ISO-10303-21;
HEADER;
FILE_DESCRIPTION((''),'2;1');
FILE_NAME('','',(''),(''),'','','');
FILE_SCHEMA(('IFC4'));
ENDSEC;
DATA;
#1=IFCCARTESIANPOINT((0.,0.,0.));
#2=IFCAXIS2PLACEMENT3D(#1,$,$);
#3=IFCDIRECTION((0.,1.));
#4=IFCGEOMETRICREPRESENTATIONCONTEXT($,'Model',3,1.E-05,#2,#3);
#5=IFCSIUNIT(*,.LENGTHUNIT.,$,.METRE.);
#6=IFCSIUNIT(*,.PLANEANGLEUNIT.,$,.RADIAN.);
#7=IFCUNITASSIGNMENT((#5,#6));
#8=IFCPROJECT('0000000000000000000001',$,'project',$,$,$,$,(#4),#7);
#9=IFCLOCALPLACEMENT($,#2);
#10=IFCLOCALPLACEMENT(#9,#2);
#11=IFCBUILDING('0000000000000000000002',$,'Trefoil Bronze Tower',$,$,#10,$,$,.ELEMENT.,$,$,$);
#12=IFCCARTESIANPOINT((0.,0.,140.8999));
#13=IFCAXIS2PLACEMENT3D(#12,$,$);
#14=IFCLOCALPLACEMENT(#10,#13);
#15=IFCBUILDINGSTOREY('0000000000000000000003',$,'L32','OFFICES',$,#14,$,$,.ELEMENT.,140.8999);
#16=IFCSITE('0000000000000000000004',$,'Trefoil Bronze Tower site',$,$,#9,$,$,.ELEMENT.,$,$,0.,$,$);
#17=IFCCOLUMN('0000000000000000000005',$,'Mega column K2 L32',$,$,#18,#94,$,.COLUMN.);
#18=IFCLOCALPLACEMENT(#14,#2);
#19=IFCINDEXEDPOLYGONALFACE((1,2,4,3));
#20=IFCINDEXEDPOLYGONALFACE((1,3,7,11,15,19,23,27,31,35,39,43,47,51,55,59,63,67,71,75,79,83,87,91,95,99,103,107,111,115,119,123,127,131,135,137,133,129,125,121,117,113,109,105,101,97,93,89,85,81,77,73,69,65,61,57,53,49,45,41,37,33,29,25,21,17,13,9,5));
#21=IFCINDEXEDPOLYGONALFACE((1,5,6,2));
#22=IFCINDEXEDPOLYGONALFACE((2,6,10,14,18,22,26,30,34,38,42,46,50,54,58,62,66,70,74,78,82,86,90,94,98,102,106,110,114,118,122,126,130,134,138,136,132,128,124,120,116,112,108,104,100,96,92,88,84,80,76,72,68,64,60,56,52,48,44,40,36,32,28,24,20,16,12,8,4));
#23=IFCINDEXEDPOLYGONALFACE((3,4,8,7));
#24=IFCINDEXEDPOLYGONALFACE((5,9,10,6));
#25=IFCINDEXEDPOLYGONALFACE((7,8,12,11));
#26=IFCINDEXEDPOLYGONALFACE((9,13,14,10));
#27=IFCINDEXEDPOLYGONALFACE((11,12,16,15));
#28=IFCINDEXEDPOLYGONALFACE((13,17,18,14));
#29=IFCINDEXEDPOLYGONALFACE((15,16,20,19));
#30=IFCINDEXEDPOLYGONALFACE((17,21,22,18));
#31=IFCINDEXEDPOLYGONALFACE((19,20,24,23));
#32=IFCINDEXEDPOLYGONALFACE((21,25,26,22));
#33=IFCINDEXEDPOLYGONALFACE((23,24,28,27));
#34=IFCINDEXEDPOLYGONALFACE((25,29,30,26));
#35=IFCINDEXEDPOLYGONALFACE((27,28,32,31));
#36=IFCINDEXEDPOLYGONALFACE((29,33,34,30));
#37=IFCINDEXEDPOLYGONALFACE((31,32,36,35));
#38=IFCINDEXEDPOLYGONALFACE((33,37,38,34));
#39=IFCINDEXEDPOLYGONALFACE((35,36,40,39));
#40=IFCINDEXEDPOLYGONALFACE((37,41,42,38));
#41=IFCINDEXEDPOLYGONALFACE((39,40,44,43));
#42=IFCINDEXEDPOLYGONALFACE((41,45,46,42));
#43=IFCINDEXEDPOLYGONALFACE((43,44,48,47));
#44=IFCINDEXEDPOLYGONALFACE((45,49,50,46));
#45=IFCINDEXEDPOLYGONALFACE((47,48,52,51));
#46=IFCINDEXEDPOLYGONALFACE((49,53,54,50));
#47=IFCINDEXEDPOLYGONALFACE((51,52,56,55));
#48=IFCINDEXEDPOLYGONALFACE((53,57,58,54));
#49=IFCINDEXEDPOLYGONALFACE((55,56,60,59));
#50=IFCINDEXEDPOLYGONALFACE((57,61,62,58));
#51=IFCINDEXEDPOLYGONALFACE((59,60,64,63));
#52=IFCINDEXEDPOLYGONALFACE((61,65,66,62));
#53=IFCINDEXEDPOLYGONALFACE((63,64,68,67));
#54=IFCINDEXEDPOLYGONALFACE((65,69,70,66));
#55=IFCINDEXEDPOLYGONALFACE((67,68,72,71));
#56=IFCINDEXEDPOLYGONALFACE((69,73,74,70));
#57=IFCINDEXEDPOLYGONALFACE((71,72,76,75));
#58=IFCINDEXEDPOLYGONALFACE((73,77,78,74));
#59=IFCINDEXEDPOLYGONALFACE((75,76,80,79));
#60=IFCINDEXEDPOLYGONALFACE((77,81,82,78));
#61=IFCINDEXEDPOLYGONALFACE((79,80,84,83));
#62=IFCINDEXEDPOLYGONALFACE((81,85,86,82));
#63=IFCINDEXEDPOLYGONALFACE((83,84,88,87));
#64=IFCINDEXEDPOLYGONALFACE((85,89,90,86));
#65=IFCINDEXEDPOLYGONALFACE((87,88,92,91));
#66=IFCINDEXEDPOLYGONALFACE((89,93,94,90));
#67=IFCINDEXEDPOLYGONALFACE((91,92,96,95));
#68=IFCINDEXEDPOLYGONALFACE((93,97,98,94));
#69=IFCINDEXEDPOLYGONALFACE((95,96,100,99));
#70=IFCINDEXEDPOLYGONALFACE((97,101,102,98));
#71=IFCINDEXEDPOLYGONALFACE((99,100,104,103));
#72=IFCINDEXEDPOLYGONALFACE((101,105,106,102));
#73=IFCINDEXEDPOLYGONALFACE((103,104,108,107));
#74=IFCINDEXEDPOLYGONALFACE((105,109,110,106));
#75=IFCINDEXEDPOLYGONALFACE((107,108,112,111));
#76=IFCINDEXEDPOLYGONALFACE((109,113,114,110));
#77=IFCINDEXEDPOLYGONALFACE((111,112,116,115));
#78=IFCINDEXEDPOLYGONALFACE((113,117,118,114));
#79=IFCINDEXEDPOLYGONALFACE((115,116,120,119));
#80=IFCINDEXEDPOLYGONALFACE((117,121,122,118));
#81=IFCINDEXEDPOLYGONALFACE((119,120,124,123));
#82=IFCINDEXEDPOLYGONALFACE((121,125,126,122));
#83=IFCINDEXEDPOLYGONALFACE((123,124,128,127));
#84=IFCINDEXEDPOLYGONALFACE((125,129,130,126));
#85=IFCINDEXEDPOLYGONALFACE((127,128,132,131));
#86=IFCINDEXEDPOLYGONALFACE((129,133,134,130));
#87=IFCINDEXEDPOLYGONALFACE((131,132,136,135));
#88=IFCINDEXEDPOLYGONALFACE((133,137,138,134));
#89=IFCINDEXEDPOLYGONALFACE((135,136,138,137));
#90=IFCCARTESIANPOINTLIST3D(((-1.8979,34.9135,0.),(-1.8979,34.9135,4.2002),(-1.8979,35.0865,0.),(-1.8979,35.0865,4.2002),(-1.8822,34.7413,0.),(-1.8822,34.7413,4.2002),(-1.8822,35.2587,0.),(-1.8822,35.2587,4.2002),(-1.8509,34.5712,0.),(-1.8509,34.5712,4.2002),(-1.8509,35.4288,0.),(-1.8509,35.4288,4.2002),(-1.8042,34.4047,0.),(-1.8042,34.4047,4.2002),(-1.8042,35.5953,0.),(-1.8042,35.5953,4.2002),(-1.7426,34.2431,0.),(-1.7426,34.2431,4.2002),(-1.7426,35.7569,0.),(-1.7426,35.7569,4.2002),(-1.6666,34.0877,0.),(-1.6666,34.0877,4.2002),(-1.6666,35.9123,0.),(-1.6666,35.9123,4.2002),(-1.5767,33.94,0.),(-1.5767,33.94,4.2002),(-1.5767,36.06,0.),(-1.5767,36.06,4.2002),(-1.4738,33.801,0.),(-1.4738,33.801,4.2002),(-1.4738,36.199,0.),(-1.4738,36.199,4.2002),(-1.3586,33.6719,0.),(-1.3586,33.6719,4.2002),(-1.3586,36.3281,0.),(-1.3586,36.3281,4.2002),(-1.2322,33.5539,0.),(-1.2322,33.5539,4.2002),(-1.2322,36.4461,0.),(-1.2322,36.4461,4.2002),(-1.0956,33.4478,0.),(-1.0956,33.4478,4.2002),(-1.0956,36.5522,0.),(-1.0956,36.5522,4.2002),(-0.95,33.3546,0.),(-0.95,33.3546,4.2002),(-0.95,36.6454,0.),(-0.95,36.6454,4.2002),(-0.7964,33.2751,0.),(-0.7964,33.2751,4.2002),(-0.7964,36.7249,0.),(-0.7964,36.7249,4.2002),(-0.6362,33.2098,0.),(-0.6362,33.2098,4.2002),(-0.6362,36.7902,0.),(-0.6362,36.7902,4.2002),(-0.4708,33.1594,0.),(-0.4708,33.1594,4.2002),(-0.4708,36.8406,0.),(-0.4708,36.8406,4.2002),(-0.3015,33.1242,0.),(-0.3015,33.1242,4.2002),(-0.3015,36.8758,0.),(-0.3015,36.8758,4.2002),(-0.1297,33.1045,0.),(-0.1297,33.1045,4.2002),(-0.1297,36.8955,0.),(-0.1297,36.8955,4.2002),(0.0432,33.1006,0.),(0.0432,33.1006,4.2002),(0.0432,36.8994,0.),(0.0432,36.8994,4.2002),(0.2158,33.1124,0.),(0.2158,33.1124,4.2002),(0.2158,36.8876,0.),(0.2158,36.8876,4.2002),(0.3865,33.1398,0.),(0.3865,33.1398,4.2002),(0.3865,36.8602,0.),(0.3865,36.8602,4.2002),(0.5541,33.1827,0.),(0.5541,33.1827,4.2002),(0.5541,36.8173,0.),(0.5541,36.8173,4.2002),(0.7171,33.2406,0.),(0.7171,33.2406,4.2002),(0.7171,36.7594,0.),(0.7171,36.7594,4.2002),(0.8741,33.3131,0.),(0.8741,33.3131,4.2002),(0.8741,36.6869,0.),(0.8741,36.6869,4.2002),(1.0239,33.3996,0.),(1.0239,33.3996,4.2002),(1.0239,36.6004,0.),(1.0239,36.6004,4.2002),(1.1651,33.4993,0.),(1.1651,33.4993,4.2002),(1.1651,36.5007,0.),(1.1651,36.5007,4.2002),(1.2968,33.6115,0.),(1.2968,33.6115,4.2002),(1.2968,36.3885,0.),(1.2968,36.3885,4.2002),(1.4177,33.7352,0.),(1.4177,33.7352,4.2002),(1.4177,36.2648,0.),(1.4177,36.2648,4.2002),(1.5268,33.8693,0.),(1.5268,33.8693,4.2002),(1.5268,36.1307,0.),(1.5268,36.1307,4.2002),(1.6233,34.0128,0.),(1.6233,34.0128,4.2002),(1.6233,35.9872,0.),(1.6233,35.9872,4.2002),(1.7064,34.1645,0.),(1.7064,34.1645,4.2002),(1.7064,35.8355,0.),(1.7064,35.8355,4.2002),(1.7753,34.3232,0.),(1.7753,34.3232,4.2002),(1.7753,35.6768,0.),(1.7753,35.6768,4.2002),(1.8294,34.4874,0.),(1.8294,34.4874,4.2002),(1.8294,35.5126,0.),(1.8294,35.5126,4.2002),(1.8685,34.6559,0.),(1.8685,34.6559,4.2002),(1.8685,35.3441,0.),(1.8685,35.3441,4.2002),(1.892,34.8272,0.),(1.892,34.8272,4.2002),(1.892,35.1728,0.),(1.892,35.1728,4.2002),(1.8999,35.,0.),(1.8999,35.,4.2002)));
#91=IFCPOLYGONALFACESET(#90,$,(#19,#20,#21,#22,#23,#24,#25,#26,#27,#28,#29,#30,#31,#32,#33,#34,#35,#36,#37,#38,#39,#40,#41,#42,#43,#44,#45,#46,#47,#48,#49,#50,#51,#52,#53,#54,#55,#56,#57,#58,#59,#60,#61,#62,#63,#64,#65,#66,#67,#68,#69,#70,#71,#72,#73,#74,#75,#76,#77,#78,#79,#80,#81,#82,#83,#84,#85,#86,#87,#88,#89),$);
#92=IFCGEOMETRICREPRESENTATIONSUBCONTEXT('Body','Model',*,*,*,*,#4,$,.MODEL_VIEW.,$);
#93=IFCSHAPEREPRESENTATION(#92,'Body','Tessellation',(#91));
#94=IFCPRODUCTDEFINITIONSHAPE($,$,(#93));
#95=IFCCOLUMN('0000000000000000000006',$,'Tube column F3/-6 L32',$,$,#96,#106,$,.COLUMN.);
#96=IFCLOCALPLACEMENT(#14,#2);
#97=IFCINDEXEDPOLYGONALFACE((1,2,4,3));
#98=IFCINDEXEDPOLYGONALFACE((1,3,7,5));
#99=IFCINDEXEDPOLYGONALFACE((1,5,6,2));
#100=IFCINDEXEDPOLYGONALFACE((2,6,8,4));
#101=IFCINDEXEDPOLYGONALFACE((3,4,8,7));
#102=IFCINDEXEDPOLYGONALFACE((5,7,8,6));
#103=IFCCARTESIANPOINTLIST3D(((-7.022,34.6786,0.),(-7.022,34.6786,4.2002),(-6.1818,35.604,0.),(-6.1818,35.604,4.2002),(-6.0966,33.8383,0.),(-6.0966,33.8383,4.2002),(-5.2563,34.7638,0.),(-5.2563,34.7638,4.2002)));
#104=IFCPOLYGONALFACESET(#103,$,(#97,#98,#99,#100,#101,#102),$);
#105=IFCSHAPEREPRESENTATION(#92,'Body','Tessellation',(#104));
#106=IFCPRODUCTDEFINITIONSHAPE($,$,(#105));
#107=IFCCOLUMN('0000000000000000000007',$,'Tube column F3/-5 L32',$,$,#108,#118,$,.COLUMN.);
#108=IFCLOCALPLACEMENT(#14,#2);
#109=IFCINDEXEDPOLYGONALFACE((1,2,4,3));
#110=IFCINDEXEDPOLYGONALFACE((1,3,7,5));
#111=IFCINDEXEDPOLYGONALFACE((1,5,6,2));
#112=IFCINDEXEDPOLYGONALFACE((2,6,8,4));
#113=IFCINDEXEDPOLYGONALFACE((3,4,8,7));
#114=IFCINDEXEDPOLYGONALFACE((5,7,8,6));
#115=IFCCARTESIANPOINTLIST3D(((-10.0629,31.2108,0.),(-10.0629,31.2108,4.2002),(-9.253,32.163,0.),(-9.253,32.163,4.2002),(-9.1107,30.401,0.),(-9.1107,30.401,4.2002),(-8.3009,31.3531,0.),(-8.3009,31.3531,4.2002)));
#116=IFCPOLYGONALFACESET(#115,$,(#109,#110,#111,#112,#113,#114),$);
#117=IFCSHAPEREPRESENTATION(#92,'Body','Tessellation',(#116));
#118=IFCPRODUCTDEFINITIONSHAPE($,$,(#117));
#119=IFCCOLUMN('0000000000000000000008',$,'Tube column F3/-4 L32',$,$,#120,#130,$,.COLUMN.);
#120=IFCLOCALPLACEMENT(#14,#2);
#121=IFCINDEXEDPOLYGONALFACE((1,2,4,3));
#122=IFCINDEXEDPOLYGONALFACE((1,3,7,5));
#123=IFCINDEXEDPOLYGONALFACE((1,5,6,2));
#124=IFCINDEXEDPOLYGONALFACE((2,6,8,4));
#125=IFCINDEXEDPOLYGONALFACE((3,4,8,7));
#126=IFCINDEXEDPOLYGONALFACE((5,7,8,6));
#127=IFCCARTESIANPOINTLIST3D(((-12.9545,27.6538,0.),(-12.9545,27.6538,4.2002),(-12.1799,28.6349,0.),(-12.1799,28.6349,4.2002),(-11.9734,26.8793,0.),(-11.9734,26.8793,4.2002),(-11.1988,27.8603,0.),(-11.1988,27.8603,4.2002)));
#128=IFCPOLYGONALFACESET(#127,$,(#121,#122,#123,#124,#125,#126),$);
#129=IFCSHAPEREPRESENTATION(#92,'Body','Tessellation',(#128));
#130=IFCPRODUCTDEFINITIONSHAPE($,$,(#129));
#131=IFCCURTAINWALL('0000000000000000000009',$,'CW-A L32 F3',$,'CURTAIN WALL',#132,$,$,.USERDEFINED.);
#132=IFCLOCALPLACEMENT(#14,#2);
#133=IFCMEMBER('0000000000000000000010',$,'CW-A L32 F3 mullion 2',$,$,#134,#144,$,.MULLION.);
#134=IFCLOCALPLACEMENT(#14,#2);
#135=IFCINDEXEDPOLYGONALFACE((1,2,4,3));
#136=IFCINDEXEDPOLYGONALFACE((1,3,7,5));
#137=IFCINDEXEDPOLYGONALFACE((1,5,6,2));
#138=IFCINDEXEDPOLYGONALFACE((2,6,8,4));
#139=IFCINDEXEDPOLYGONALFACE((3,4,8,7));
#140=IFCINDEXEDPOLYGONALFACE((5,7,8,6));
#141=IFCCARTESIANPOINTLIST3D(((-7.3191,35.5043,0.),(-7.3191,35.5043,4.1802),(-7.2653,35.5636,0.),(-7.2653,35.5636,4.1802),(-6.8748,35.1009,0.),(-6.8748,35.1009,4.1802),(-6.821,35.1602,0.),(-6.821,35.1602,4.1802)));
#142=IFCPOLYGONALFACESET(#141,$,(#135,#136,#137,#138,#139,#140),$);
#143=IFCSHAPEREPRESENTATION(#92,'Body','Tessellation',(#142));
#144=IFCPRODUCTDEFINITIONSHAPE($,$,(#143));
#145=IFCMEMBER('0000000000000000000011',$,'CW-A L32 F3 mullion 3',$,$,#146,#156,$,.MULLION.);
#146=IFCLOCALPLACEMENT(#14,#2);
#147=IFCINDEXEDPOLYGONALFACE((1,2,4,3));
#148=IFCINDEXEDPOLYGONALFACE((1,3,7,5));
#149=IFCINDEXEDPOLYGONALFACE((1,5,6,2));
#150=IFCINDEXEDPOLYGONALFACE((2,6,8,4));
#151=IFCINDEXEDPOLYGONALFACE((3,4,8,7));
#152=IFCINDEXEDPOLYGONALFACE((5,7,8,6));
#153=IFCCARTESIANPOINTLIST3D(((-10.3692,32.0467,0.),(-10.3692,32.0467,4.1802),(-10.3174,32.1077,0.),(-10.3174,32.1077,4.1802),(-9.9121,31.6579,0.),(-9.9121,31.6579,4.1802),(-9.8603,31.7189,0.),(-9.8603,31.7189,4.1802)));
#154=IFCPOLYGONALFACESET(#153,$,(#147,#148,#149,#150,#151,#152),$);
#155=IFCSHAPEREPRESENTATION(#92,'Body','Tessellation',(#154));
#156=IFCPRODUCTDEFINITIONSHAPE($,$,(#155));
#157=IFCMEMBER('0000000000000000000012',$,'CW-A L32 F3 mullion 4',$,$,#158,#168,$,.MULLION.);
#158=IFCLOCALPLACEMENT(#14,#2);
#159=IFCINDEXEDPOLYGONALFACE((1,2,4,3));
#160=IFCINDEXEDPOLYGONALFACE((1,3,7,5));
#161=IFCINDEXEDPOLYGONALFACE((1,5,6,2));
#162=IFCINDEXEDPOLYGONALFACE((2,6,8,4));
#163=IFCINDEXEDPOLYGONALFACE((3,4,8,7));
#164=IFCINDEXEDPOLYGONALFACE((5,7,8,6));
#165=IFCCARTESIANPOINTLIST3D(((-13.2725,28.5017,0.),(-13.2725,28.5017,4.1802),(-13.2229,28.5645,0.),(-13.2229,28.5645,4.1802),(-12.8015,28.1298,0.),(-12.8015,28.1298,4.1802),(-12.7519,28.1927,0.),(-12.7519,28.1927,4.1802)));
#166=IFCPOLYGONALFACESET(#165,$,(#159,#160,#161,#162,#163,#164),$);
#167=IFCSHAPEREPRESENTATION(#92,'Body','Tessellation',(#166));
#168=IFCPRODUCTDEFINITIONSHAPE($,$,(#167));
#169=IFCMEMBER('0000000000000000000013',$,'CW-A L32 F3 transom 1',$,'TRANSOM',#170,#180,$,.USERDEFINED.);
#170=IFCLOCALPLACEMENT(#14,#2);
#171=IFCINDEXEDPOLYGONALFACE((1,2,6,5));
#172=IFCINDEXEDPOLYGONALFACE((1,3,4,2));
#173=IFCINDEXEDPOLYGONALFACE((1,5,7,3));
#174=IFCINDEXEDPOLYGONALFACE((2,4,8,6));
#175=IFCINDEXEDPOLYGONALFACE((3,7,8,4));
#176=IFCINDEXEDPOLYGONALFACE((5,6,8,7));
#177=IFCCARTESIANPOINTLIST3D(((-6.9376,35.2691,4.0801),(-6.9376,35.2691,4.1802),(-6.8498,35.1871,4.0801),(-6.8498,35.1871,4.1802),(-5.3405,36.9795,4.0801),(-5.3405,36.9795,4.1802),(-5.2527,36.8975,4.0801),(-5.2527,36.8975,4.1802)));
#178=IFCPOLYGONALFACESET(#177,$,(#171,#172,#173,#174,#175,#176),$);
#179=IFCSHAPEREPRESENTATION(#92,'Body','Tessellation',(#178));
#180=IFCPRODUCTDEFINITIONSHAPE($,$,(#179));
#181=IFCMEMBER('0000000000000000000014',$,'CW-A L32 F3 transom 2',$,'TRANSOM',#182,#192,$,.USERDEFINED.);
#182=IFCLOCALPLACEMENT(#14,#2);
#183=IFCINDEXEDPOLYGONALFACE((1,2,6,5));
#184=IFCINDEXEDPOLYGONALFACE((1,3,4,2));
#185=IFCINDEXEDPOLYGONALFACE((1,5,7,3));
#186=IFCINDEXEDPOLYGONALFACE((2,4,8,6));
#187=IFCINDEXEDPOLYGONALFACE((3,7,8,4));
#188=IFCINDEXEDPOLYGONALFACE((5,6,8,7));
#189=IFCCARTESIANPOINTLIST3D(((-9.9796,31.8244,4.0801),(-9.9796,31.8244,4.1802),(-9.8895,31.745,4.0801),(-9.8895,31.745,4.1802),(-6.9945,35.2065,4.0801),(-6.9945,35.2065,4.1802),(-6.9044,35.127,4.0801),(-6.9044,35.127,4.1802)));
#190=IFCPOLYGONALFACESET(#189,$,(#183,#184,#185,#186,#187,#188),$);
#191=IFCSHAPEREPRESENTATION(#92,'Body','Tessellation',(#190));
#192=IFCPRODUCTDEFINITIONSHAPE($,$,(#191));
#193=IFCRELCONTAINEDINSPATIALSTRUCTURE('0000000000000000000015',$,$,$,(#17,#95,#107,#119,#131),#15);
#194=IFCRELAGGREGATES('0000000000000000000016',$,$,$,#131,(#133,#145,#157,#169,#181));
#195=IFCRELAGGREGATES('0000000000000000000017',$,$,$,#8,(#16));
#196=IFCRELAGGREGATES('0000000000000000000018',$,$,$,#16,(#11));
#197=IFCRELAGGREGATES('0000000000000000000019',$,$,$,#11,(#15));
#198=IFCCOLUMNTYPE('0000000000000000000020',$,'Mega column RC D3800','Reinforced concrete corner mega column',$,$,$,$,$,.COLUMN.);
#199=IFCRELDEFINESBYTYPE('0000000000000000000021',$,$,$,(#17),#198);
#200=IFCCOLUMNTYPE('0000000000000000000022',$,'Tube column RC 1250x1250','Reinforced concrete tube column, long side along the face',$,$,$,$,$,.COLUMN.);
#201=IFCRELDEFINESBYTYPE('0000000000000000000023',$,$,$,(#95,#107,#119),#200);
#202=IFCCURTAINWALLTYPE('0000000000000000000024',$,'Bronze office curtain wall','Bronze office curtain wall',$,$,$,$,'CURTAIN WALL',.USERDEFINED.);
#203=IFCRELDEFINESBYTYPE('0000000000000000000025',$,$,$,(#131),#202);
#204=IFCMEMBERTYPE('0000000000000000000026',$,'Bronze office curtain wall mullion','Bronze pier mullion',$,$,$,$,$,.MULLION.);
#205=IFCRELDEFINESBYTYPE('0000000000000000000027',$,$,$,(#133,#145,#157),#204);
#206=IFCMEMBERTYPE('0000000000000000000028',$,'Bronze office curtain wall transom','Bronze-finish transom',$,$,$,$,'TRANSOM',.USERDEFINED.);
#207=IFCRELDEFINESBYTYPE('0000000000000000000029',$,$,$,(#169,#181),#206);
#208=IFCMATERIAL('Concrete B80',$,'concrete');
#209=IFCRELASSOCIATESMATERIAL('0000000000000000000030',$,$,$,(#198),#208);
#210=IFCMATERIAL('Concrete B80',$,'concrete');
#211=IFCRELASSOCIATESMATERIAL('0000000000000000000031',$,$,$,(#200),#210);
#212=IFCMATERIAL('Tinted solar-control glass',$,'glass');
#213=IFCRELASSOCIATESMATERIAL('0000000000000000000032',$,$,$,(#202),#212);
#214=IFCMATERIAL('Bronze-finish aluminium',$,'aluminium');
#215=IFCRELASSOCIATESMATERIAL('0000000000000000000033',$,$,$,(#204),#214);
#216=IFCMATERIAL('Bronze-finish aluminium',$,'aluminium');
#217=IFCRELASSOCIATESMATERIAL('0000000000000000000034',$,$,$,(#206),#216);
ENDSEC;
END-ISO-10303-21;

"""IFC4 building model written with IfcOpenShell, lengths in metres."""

from ifc_helpers import new_model, si_unit, direction, frame, origin, origin_2d, place, context, subcontext, project, spatial, rectangle, circle, extrude, material, material_profile, profile_set, type_object, element, aggregate, save


model = new_model("IFC4")

# Units and contexts
model_context = context("Model", 3, precision=1e-05, world=origin(), true_north=direction((0.0, 1.0)))
body_context = subcontext(model_context, "Body", "Model", "MODEL_VIEW")
ifc_project = project(units=[si_unit("LENGTHUNIT", "METRE"), si_unit("PLANEANGLEUNIT", "RADIAN")], contexts=[model_context])

# Site, building, storey
site_placement = place(None, origin())
site = spatial("IfcSite", under=ifc_project, at=site_placement, Name="Trefoil Bronze Tower site", CompositionType="ELEMENT", RefElevation=0.0)
building_placement = place(site_placement, origin())
building = spatial("IfcBuilding", under=site, at=building_placement, Name="Trefoil Bronze Tower", CompositionType="ELEMENT")
storey_placement = place(building_placement, frame((0.0, 0.0, 140.8999)))
storey = spatial("IfcBuildingStorey", under=building, at=storey_placement, Name="L32", Description="OFFICES", CompositionType="ELEMENT", Elevation=140.8999)

# Columns
ifc_material_1 = material(Name="Concrete B80", Category="concrete")
ifc_material_profile_1 = material_profile(ifc_material_1, circle(Radius=1.8999, at=origin_2d()), Name="RC D3800")
ifc_profile_set_1 = profile_set([ifc_material_profile_1], Name="Concrete B80")
column_type_1 = type_object("IfcColumnType", Name="Mega column RC D3800", Description="Reinforced concrete corner mega column", PredefinedType="COLUMN", material=ifc_profile_set_1)
column_placement = place(storey_placement, frame((0.0, 35.0, 0.0), z_axis=(0.0, 0.0, 1.0), x_axis=(1.0, 0.0, 0.0)))
element("IfcColumn", 1, at=column_placement, inside=storey, type_object=column_type_1, Name="Mega column K2 L32", PredefinedType="COLUMN", context=body_context, shape_type="SweptSolid", body=[
    extrude(circle(Radius=1.8999, at=origin_2d()), origin(), (0.0, 0.0, 1.0), 4.2002),
])
ifc_material_2 = material(Name="Concrete B80", Category="concrete")
ifc_material_profile_2 = material_profile(ifc_material_2, rectangle(XDim=1.25, YDim=1.25, at=origin_2d()), Name="RC 1250x1250")
ifc_profile_set_2 = profile_set([ifc_material_profile_2], Name="Concrete B80")
column_type_2 = type_object("IfcColumnType", Name="Tube column RC 1250x1250", Description="Reinforced concrete tube column, long side along the face", PredefinedType="COLUMN", material=ifc_profile_set_2)
for number, where, z_axis, x_axis, name in (
    (2, (-6.1392, 34.7212, 0.0), (0.0, 0.0, 1.0), (-0.67221, -0.740361, 0.0), "Tube column F3/-6 L32"),
    (3, (-9.1819, 31.282, 0.0), (0.0, 0.0, 1.0), (-0.647904, -0.761722, 0.0), "Tube column F3/-5 L32"),
    (4, (-12.0767, 27.7571, 0.0), (0.0, 0.0, 1.0), (-0.619649, -0.784879, 0.0), "Tube column F3/-4 L32"),
):
    element("IfcColumn", number, at=place(storey_placement, frame(where, z_axis=z_axis, x_axis=x_axis)), inside=storey, type_object=column_type_2, Name=name, PredefinedType="COLUMN", context=body_context, shape_type="SweptSolid", body=[
        extrude(rectangle(XDim=1.25, YDim=1.25, at=origin_2d()), origin(), (0.0, 0.0, 1.0), 4.2002),
    ])

# Curtain wall, members
ifc_material_3 = material(Name="Tinted solar-control glass", Category="glass")
curtain_wall_type_1 = type_object("IfcCurtainWallType", Name="Bronze office curtain wall", Description="Bronze office curtain wall", ElementType="CURTAIN WALL", PredefinedType="USERDEFINED", material=ifc_material_3)
curtain_wall_1_placement = place(storey_placement, origin())
curtain_wall_1 = element("IfcCurtainWall", 5, at=curtain_wall_1_placement, inside=storey, type_object=curtain_wall_type_1, Name="CW-A L32 F3", ObjectType="CURTAIN WALL", PredefinedType="USERDEFINED")
ifc_material_4 = material(Name="Bronze-finish aluminium", Category="aluminium")
ifc_material_profile_3 = material_profile(ifc_material_4, rectangle(XDim=0.6001, YDim=0.0801, at=origin_2d()), Name="CW-A mullion")
ifc_profile_set_3 = profile_set([ifc_material_profile_3], Name="Bronze-finish aluminium")
member_type_1 = type_object("IfcMemberType", Name="Bronze office curtain wall mullion", Description="Bronze pier mullion", PredefinedType="MULLION", material=ifc_profile_set_3)
member_1_placement = place(storey_placement, frame((-7.0701, 35.3323, 0.0), z_axis=(0.0, 0.0, 1.0), x_axis=(0.740361, -0.67221, 0.0)))
member_1 = element("IfcMember", 6, at=member_1_placement, type_object=member_type_1, Name="CW-A L32 F3 mullion 2", PredefinedType="MULLION", context=body_context, shape_type="SweptSolid", body=[
    extrude(rectangle(XDim=0.6001, YDim=0.0801, at=origin_2d()), origin(), (0.0, 0.0, 1.0), 4.1802),
])
member_2_placement = place(storey_placement, frame((-10.1147, 31.8828, 0.0), z_axis=(0.0, 0.0, 1.0), x_axis=(0.761722, -0.647904, 0.0)))
member_2 = element("IfcMember", 7, at=member_2_placement, type_object=member_type_1, Name="CW-A L32 F3 mullion 3", PredefinedType="MULLION", context=body_context, shape_type="SweptSolid", body=[
    extrude(rectangle(XDim=0.6001, YDim=0.0801, at=origin_2d()), origin(), (0.0, 0.0, 1.0), 4.1802),
])
member_3_placement = place(storey_placement, frame((-13.0122, 28.3472, 0.0), z_axis=(0.0, 0.0, 1.0), x_axis=(0.784879, -0.619649, 0.0)))
member_3 = element("IfcMember", 8, at=member_3_placement, type_object=member_type_1, Name="CW-A L32 F3 mullion 4", PredefinedType="MULLION", context=body_context, shape_type="SweptSolid", body=[
    extrude(rectangle(XDim=0.6001, YDim=0.0801, at=origin_2d()), origin(), (0.0, 0.0, 1.0), 4.1802),
])
ifc_material_5 = material(Name="Bronze-finish aluminium", Category="aluminium")
ifc_material_profile_4 = material_profile(ifc_material_5, rectangle(XDim=0.1201, YDim=0.1001, at=origin_2d()), Name="CW-A transom")
ifc_profile_set_4 = profile_set([ifc_material_profile_4], Name="Bronze-finish aluminium")
member_type_2 = type_object("IfcMemberType", Name="Bronze office curtain wall transom", Description="Bronze-finish transom", ElementType="TRANSOM", PredefinedType="USERDEFINED", material=ifc_profile_set_4)
member_4_placement = place(storey_placement, frame((-5.2966, 36.9385, 4.1301), z_axis=(-0.682489, -0.730896, 0.0), x_axis=(0.730896, -0.682489, 0.0)))
member_4 = element("IfcMember", 9, at=member_4_placement, type_object=member_type_2, Name="CW-A L32 F3 transom 1", ObjectType="TRANSOM", PredefinedType="USERDEFINED", context=body_context, shape_type="SweptSolid", body=[
    extrude(rectangle(XDim=0.1201, YDim=0.1001, at=origin_2d()), origin(), (0.0, 0.0, 1.0), 2.3401),
])
member_5_placement = place(storey_placement, frame((-6.9495, 35.1667, 4.1301), z_axis=(-0.661736, -0.749737, 0.0), x_axis=(0.749737, -0.661736, 0.0)))
member_5 = element("IfcMember", 10, at=member_5_placement, type_object=member_type_2, Name="CW-A L32 F3 transom 2", ObjectType="TRANSOM", PredefinedType="USERDEFINED", context=body_context, shape_type="SweptSolid", body=[
    extrude(rectangle(XDim=0.1201, YDim=0.1001, at=origin_2d()), origin(), (0.0, 0.0, 1.0), 4.511),
])

aggregate(curtain_wall_1, [member_1, member_2, member_3, member_4, member_5])

save(model, "model.ifc")
